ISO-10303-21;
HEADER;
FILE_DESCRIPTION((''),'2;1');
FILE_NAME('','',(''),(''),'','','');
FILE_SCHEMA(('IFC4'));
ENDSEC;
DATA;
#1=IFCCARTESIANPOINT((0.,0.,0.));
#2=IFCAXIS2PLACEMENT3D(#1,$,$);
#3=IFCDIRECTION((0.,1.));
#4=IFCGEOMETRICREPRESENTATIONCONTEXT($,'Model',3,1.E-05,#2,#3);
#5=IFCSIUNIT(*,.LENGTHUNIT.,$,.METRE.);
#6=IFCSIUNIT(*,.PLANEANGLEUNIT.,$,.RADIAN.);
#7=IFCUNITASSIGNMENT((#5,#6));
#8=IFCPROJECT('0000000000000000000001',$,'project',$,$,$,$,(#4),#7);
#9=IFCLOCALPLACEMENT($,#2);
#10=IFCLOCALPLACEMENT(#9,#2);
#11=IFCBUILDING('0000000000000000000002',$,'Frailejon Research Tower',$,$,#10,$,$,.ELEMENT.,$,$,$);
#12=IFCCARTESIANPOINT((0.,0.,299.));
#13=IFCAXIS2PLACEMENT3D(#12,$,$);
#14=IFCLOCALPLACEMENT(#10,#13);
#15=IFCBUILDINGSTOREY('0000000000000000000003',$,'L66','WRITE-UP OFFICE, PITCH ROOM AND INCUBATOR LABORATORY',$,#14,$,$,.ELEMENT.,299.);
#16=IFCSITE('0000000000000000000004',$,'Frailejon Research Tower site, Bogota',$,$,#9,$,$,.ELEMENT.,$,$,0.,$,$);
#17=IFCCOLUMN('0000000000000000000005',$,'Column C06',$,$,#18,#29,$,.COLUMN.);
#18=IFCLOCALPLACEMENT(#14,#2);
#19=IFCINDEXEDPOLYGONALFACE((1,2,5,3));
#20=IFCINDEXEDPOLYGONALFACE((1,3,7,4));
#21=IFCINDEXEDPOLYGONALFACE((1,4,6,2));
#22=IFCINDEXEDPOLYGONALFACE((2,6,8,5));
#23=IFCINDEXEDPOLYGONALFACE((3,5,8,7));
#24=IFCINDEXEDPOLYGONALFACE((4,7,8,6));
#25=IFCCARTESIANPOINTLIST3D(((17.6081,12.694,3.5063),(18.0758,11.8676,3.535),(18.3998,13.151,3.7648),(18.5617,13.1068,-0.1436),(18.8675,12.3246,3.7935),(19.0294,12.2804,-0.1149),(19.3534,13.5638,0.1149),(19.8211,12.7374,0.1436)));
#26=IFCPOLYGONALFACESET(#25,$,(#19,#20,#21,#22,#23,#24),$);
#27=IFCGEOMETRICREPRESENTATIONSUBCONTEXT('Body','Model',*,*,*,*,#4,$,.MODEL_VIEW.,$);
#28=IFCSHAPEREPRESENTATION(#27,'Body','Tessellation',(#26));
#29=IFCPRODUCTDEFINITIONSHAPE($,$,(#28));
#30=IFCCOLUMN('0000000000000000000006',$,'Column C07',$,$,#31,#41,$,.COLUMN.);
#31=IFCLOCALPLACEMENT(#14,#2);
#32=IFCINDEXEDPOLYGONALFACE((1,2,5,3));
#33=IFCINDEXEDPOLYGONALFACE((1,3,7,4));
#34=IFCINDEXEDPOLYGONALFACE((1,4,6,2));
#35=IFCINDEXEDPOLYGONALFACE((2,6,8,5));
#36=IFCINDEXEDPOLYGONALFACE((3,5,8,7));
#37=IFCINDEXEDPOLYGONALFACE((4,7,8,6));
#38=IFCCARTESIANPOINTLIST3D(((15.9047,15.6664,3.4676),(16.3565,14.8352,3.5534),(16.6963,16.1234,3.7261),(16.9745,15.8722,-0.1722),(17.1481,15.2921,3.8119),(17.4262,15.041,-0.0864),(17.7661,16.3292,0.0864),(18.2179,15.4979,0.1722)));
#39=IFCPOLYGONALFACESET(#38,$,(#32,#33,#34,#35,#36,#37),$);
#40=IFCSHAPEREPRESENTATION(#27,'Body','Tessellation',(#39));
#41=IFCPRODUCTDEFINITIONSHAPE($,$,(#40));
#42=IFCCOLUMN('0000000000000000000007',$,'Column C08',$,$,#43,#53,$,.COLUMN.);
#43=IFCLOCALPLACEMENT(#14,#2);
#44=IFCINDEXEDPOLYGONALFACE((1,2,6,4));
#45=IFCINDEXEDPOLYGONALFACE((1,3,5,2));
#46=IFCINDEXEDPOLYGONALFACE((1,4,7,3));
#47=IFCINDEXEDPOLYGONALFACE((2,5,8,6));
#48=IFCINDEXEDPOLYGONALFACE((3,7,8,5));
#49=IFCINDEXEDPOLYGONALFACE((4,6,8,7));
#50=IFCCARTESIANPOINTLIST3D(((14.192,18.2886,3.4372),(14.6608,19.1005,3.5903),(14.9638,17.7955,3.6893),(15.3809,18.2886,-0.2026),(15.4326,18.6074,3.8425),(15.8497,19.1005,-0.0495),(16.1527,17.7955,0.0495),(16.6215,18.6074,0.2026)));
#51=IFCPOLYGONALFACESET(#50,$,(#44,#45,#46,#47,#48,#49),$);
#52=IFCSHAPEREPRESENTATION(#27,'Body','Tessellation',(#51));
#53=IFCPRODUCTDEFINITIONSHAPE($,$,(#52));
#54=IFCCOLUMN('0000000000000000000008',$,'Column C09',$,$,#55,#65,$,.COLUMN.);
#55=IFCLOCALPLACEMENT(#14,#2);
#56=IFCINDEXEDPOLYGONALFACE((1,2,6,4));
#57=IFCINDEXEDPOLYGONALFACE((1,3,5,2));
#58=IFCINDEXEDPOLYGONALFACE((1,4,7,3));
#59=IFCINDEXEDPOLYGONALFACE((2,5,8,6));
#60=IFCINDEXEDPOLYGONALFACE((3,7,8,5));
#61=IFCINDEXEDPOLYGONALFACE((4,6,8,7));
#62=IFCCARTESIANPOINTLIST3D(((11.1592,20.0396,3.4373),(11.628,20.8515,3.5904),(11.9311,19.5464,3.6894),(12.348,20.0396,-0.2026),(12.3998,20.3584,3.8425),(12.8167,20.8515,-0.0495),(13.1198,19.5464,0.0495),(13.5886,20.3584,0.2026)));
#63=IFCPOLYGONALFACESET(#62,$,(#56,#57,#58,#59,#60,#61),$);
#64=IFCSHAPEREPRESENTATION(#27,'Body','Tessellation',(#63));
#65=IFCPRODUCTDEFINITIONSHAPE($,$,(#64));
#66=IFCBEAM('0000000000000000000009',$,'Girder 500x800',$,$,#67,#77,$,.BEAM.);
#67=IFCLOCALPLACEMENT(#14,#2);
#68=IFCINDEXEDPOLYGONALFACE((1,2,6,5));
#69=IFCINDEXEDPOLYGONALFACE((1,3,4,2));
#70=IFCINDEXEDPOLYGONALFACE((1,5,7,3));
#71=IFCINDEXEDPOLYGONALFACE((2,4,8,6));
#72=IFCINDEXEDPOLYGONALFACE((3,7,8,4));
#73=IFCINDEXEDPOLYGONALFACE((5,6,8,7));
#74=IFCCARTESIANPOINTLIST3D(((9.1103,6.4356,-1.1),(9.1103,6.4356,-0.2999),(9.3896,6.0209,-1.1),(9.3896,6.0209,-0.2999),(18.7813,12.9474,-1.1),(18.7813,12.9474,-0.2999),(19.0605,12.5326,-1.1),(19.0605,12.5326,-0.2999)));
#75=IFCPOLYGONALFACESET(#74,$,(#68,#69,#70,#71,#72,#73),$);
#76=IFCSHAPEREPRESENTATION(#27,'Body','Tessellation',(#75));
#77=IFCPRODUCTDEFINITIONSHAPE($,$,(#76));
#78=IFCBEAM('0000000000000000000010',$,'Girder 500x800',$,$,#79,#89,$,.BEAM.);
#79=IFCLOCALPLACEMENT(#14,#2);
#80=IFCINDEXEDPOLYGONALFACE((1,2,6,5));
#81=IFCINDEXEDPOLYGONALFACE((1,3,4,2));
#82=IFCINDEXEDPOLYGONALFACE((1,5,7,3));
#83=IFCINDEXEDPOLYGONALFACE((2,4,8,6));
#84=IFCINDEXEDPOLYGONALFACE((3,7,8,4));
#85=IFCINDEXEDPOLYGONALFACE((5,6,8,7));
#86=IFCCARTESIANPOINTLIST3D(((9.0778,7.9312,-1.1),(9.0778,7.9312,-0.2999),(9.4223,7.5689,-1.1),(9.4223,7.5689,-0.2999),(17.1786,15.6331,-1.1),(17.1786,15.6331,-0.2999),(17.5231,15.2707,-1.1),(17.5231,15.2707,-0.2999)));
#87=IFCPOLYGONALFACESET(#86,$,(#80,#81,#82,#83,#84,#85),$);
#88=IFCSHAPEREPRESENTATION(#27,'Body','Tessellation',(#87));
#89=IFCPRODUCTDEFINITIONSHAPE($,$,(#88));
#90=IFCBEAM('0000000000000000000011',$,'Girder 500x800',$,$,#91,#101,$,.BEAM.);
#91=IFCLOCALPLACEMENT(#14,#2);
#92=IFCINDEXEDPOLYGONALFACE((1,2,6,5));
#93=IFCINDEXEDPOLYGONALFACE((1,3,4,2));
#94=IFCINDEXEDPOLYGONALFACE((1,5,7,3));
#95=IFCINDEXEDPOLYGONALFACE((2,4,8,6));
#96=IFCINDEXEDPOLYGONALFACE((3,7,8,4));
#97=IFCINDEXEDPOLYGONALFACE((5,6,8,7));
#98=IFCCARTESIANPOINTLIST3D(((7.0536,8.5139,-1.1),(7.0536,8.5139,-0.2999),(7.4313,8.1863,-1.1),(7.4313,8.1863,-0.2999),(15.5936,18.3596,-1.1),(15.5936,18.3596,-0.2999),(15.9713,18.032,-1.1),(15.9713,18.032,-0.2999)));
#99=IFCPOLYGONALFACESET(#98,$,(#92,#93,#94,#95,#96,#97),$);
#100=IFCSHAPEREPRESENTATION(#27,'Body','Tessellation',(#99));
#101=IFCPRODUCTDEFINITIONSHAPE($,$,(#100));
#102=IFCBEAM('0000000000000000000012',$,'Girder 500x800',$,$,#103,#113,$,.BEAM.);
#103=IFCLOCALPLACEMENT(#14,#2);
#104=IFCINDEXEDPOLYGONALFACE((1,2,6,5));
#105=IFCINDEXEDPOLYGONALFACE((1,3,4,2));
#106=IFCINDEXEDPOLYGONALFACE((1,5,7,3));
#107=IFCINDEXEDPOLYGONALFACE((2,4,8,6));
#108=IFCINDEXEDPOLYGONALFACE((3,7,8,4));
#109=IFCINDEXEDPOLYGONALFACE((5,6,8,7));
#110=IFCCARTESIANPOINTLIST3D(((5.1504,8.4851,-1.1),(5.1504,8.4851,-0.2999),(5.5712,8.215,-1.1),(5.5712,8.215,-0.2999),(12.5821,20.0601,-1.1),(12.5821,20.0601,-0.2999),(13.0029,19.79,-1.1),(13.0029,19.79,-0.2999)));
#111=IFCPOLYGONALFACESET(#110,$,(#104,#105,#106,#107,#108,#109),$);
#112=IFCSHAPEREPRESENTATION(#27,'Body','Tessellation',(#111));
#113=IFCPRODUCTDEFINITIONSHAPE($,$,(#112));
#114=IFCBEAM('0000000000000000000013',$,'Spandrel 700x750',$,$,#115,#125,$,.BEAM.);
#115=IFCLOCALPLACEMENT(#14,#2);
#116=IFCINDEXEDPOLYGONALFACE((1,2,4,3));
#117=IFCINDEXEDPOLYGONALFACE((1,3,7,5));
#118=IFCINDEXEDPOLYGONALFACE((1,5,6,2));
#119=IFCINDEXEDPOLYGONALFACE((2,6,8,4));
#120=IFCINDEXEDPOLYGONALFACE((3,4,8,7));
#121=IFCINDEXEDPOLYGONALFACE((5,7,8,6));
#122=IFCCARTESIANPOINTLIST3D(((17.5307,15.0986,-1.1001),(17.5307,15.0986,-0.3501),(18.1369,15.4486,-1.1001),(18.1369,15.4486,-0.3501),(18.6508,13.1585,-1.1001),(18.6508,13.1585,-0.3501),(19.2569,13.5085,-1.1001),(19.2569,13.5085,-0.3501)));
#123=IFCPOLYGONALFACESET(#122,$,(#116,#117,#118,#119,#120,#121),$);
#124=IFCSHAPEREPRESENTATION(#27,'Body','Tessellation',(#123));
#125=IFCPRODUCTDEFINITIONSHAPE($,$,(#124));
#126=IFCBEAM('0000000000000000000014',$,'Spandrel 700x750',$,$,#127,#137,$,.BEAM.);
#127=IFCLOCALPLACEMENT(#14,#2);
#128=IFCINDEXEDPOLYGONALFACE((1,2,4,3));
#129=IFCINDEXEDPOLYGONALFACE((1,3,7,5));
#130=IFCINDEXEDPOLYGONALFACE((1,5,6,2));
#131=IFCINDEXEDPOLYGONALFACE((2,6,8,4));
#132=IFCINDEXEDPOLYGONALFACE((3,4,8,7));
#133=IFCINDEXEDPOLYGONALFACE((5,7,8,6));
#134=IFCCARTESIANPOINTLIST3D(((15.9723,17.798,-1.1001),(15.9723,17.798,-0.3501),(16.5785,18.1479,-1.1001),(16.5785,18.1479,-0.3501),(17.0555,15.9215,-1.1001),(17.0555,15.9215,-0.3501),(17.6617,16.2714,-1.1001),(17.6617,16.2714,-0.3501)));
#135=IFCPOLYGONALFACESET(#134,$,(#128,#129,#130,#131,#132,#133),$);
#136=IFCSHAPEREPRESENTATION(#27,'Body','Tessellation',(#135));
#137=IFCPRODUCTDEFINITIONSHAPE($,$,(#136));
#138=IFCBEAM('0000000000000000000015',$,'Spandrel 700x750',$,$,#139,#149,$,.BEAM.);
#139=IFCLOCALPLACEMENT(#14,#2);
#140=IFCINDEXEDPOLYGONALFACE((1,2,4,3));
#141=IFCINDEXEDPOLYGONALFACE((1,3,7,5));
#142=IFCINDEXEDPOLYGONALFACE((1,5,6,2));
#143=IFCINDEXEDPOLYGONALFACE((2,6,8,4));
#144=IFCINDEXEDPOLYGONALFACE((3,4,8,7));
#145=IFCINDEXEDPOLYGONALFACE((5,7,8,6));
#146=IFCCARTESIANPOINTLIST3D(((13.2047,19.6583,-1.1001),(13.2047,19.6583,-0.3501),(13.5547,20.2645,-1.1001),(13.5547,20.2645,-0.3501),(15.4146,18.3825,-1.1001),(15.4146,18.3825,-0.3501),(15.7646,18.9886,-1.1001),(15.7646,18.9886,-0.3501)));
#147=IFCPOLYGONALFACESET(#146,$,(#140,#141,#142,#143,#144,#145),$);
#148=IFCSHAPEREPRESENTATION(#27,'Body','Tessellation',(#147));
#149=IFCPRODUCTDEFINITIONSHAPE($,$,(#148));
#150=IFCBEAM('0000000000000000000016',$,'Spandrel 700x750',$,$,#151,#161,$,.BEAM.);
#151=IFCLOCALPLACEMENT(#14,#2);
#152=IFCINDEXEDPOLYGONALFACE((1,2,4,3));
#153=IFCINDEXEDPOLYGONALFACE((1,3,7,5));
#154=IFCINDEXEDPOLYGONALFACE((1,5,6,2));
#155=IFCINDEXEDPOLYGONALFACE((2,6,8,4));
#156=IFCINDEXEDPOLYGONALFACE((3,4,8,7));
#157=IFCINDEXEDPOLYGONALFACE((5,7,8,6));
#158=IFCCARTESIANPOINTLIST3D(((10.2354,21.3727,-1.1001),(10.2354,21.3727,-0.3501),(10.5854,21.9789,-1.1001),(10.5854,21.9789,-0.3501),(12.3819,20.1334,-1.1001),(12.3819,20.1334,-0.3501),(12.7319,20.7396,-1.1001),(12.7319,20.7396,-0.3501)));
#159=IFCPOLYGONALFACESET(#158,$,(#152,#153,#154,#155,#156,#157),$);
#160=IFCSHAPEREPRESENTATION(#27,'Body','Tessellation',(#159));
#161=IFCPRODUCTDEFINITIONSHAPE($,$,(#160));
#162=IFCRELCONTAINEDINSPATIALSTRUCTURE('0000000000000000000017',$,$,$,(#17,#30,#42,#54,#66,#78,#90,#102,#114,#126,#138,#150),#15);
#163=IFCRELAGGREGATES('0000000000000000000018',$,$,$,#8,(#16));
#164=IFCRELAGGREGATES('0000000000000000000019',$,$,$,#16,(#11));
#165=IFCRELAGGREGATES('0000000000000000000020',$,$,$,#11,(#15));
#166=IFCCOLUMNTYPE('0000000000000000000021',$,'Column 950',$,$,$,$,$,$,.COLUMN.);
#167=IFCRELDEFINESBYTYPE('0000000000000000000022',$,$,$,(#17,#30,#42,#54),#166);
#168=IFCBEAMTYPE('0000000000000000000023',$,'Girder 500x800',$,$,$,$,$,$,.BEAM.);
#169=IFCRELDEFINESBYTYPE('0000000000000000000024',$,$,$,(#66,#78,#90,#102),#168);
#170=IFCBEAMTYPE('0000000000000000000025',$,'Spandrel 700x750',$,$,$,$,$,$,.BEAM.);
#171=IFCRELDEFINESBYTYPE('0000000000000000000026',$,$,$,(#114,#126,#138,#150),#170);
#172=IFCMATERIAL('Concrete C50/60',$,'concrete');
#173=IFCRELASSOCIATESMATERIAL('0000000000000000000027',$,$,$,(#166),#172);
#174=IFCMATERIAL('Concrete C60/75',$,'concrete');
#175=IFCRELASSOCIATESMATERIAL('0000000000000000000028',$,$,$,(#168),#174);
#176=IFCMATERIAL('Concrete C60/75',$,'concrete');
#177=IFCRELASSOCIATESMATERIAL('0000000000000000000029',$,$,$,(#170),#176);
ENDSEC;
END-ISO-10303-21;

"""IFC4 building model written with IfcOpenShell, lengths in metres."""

from ifc_helpers import new_model, si_unit, direction, frame, origin, origin_2d, place, context, subcontext, project, spatial, rectangle, extrude, material, material_profile, profile_set, type_object, element, save


model = new_model("IFC4")

# Units and contexts
model_context = context("Model", 3, precision=1e-05, world=origin(), true_north=direction((0.0, 1.0)))
body_context = subcontext(model_context, "Body", "Model", "MODEL_VIEW")
ifc_project = project(units=[si_unit("LENGTHUNIT", "METRE"), si_unit("PLANEANGLEUNIT", "RADIAN")], contexts=[model_context])

# Site, building, storey
site_placement = place(None, origin())
site = spatial("IfcSite", under=ifc_project, at=site_placement, Name="Frailejon Research Tower site, Bogota", CompositionType="ELEMENT", RefElevation=0.0)
building_placement = place(site_placement, origin())
building = spatial("IfcBuilding", under=site, at=building_placement, Name="Frailejon Research Tower", CompositionType="ELEMENT")
storey_placement = place(building_placement, frame((0.0, 0.0, 299.0)))
storey = spatial("IfcBuildingStorey", under=building, at=storey_placement, Name="L66", Description="WRITE-UP OFFICE, PITCH ROOM AND INCUBATOR LABORATORY", CompositionType="ELEMENT", Elevation=299.0)

# Columns
ifc_material_1 = material(Name="Concrete C50/60", Category="concrete")
ifc_material_profile_1 = material_profile(ifc_material_1, rectangle(XDim=0.95, YDim=0.95, at=origin_2d()), Name="Column 950")
ifc_profile_set_1 = profile_set([ifc_material_profile_1], Name="Concrete C50/60")
column_type = type_object("IfcColumnType", Name="Column 950", PredefinedType="COLUMN", material=ifc_profile_set_1)
column_1_placement = place(storey_placement, frame((19.1914, 12.9221, 0.0), z_axis=(-0.251285, -0.108787, 0.96178), x_axis=(-0.492313, 0.869893, -0.030233)))
element("IfcColumn", 1, at=column_1_placement, inside=storey, type_object=column_type, Name="Column C06", PredefinedType="COLUMN", context=body_context, shape_type="SweptSolid", body=[
    extrude(rectangle(XDim=0.95, YDim=0.95, at=origin_2d()), origin(), (0.0, 0.0, 1.0), 3.7949),
])
column_2_placement = place(storey_placement, frame((17.5962, 15.6851, 0.0), z_axis=(-0.281575, -0.054169, 0.958009), x_axis=(-0.475586, 0.875022, -0.090306)))
element("IfcColumn", 2, at=column_2_placement, inside=storey, type_object=column_type, Name="Column C07", PredefinedType="COLUMN", context=body_context, shape_type="SweptSolid", body=[
    extrude(rectangle(XDim=0.95, YDim=0.95, at=origin_2d()), origin(), (0.0, 0.0, 1.0), 3.7993),
])
for number, where, z_axis, x_axis, name in (
    (3, (16.0012, 18.448, 0.0), (-0.310503, 0.0, 0.950572), (-0.812458, 0.519115, -0.265388), "Column C08"),
    (4, (12.9683, 20.199, 0.0), (-0.310445, 0.0, 0.950591), (-0.812475, 0.519115, -0.265339), "Column C09"),
):
    element("IfcColumn", number, at=place(storey_placement, frame(where, z_axis=z_axis, x_axis=x_axis)), inside=storey, type_object=column_type, Name=name, PredefinedType="COLUMN", context=body_context, shape_type="SweptSolid", body=[
        extrude(rectangle(XDim=0.95, YDim=0.95, at=origin_2d()), origin(), (0.0, 0.0, 1.0), 3.8291),
    ])

# Beams
ifc_material_2 = material(Name="Concrete C60/75", Category="concrete")
ifc_material_profile_2 = material_profile(ifc_material_2, rectangle(XDim=0.5, YDim=0.8, at=origin_2d()), Name="Girder 500x800")
ifc_profile_set_2 = profile_set([ifc_material_profile_2], Name="Concrete C60/75")
beam_type_1 = type_object("IfcBeamType", Name="Girder 500x800", PredefinedType="BEAM", material=ifc_profile_set_2)
beam_1_placement = place(storey_placement, frame((18.9209, 12.74, -0.7), z_axis=(-0.82949, -0.558522, 0.0), x_axis=(0.558522, -0.82949, 0.0)))
element("IfcBeam", 5, at=beam_1_placement, inside=storey, type_object=beam_type_1, Name="Girder 500x800", PredefinedType="BEAM", context=body_context, shape_type="SweptSolid", body=[
    extrude(rectangle(XDim=0.5, YDim=0.8, at=origin_2d()), origin(), (0.0, 0.0, 1.0), 11.6589),
])
beam_2_placement = place(storey_placement, frame((17.3508, 15.4519, -0.7), z_axis=(-0.724726, -0.689037, 0.0), x_axis=(0.689037, -0.724726, 0.0)))
element("IfcBeam", 6, at=beam_2_placement, inside=storey, type_object=beam_type_1, Name="Girder 500x800", PredefinedType="BEAM", context=body_context, shape_type="SweptSolid", body=[
    extrude(rectangle(XDim=0.5, YDim=0.8, at=origin_2d()), origin(), (0.0, 0.0, 1.0), 11.1777),
])
beam_3_placement = place(storey_placement, frame((15.7825, 18.1958, -0.7), z_axis=(-0.655241, -0.75542, 0.0), x_axis=(0.75542, -0.655241, 0.0)))
element("IfcBeam", 7, at=beam_3_placement, inside=storey, type_object=beam_type_1, Name="Girder 500x800", PredefinedType="BEAM", context=body_context, shape_type="SweptSolid", body=[
    extrude(rectangle(XDim=0.5, YDim=0.8, at=origin_2d()), origin(), (0.0, 0.0, 1.0), 13.0334),
])
beam_4_placement = place(storey_placement, frame((12.7925, 19.925, -0.7), z_axis=(-0.540274, -0.841489, 0.0), x_axis=(0.841489, -0.540274, 0.0)))
element("IfcBeam", 8, at=beam_4_placement, inside=storey, type_object=beam_type_1, Name="Girder 500x800", PredefinedType="BEAM", context=body_context, shape_type="SweptSolid", body=[
    extrude(rectangle(XDim=0.5, YDim=0.8, at=origin_2d()), origin(), (0.0, 0.0, 1.0), 13.7554),
])
ifc_material_3 = material(Name="Concrete C60/75", Category="concrete")
ifc_material_profile_3 = material_profile(ifc_material_3, rectangle(XDim=0.7, YDim=0.75, at=origin_2d()), Name="Spandrel 700x750")
ifc_profile_set_3 = profile_set([ifc_material_profile_3], Name="Concrete C60/75")
beam_type_2 = type_object("IfcBeamType", Name="Spandrel 700x750", PredefinedType="BEAM", material=ifc_profile_set_3)
beam_5_placement = place(storey_placement, frame((18.9539, 13.3335, -0.7251), z_axis=(-0.499983, 0.866035, 0.0), x_axis=(-0.866035, -0.499983, 0.0)))
element("IfcBeam", 9, at=beam_5_placement, inside=storey, type_object=beam_type_2, Name="Spandrel 700x750", PredefinedType="BEAM", context=body_context, shape_type="SweptSolid", body=[
    extrude(rectangle(XDim=0.7, YDim=0.75, at=origin_2d()), origin(), (0.0, 0.0, 1.0), 2.2402),
])
beam_6_placement = place(storey_placement, frame((17.3586, 16.0964, -0.7251), z_axis=(-0.499957, 0.86605, 0.0), x_axis=(-0.86605, -0.499957, 0.0)))
element("IfcBeam", 10, at=beam_6_placement, inside=storey, type_object=beam_type_2, Name="Spandrel 700x750", PredefinedType="BEAM", context=body_context, shape_type="SweptSolid", body=[
    extrude(rectangle(XDim=0.7, YDim=0.75, at=origin_2d()), origin(), (0.0, 0.0, 1.0), 2.1667),
])
beam_7_placement = place(storey_placement, frame((15.5896, 18.6855, -0.7251), z_axis=(-0.866033, 0.499987, 0.0), x_axis=(-0.499987, -0.866033, 0.0)))
element("IfcBeam", 11, at=beam_7_placement, inside=storey, type_object=beam_type_2, Name="Spandrel 700x750", PredefinedType="BEAM", context=body_context, shape_type="SweptSolid", body=[
    extrude(rectangle(XDim=0.7, YDim=0.75, at=origin_2d()), origin(), (0.0, 0.0, 1.0), 2.5518),
])
beam_8_placement = place(storey_placement, frame((12.5569, 20.4365, -0.7251), z_axis=(-0.866028, 0.499995, 0.0), x_axis=(-0.499995, -0.866028, 0.0)))
element("IfcBeam", 12, at=beam_8_placement, inside=storey, type_object=beam_type_2, Name="Spandrel 700x750", PredefinedType="BEAM", context=body_context, shape_type="SweptSolid", body=[
    extrude(rectangle(XDim=0.7, YDim=0.75, at=origin_2d()), origin(), (0.0, 0.0, 1.0), 2.4785),
])

save(model, "model.ifc")
